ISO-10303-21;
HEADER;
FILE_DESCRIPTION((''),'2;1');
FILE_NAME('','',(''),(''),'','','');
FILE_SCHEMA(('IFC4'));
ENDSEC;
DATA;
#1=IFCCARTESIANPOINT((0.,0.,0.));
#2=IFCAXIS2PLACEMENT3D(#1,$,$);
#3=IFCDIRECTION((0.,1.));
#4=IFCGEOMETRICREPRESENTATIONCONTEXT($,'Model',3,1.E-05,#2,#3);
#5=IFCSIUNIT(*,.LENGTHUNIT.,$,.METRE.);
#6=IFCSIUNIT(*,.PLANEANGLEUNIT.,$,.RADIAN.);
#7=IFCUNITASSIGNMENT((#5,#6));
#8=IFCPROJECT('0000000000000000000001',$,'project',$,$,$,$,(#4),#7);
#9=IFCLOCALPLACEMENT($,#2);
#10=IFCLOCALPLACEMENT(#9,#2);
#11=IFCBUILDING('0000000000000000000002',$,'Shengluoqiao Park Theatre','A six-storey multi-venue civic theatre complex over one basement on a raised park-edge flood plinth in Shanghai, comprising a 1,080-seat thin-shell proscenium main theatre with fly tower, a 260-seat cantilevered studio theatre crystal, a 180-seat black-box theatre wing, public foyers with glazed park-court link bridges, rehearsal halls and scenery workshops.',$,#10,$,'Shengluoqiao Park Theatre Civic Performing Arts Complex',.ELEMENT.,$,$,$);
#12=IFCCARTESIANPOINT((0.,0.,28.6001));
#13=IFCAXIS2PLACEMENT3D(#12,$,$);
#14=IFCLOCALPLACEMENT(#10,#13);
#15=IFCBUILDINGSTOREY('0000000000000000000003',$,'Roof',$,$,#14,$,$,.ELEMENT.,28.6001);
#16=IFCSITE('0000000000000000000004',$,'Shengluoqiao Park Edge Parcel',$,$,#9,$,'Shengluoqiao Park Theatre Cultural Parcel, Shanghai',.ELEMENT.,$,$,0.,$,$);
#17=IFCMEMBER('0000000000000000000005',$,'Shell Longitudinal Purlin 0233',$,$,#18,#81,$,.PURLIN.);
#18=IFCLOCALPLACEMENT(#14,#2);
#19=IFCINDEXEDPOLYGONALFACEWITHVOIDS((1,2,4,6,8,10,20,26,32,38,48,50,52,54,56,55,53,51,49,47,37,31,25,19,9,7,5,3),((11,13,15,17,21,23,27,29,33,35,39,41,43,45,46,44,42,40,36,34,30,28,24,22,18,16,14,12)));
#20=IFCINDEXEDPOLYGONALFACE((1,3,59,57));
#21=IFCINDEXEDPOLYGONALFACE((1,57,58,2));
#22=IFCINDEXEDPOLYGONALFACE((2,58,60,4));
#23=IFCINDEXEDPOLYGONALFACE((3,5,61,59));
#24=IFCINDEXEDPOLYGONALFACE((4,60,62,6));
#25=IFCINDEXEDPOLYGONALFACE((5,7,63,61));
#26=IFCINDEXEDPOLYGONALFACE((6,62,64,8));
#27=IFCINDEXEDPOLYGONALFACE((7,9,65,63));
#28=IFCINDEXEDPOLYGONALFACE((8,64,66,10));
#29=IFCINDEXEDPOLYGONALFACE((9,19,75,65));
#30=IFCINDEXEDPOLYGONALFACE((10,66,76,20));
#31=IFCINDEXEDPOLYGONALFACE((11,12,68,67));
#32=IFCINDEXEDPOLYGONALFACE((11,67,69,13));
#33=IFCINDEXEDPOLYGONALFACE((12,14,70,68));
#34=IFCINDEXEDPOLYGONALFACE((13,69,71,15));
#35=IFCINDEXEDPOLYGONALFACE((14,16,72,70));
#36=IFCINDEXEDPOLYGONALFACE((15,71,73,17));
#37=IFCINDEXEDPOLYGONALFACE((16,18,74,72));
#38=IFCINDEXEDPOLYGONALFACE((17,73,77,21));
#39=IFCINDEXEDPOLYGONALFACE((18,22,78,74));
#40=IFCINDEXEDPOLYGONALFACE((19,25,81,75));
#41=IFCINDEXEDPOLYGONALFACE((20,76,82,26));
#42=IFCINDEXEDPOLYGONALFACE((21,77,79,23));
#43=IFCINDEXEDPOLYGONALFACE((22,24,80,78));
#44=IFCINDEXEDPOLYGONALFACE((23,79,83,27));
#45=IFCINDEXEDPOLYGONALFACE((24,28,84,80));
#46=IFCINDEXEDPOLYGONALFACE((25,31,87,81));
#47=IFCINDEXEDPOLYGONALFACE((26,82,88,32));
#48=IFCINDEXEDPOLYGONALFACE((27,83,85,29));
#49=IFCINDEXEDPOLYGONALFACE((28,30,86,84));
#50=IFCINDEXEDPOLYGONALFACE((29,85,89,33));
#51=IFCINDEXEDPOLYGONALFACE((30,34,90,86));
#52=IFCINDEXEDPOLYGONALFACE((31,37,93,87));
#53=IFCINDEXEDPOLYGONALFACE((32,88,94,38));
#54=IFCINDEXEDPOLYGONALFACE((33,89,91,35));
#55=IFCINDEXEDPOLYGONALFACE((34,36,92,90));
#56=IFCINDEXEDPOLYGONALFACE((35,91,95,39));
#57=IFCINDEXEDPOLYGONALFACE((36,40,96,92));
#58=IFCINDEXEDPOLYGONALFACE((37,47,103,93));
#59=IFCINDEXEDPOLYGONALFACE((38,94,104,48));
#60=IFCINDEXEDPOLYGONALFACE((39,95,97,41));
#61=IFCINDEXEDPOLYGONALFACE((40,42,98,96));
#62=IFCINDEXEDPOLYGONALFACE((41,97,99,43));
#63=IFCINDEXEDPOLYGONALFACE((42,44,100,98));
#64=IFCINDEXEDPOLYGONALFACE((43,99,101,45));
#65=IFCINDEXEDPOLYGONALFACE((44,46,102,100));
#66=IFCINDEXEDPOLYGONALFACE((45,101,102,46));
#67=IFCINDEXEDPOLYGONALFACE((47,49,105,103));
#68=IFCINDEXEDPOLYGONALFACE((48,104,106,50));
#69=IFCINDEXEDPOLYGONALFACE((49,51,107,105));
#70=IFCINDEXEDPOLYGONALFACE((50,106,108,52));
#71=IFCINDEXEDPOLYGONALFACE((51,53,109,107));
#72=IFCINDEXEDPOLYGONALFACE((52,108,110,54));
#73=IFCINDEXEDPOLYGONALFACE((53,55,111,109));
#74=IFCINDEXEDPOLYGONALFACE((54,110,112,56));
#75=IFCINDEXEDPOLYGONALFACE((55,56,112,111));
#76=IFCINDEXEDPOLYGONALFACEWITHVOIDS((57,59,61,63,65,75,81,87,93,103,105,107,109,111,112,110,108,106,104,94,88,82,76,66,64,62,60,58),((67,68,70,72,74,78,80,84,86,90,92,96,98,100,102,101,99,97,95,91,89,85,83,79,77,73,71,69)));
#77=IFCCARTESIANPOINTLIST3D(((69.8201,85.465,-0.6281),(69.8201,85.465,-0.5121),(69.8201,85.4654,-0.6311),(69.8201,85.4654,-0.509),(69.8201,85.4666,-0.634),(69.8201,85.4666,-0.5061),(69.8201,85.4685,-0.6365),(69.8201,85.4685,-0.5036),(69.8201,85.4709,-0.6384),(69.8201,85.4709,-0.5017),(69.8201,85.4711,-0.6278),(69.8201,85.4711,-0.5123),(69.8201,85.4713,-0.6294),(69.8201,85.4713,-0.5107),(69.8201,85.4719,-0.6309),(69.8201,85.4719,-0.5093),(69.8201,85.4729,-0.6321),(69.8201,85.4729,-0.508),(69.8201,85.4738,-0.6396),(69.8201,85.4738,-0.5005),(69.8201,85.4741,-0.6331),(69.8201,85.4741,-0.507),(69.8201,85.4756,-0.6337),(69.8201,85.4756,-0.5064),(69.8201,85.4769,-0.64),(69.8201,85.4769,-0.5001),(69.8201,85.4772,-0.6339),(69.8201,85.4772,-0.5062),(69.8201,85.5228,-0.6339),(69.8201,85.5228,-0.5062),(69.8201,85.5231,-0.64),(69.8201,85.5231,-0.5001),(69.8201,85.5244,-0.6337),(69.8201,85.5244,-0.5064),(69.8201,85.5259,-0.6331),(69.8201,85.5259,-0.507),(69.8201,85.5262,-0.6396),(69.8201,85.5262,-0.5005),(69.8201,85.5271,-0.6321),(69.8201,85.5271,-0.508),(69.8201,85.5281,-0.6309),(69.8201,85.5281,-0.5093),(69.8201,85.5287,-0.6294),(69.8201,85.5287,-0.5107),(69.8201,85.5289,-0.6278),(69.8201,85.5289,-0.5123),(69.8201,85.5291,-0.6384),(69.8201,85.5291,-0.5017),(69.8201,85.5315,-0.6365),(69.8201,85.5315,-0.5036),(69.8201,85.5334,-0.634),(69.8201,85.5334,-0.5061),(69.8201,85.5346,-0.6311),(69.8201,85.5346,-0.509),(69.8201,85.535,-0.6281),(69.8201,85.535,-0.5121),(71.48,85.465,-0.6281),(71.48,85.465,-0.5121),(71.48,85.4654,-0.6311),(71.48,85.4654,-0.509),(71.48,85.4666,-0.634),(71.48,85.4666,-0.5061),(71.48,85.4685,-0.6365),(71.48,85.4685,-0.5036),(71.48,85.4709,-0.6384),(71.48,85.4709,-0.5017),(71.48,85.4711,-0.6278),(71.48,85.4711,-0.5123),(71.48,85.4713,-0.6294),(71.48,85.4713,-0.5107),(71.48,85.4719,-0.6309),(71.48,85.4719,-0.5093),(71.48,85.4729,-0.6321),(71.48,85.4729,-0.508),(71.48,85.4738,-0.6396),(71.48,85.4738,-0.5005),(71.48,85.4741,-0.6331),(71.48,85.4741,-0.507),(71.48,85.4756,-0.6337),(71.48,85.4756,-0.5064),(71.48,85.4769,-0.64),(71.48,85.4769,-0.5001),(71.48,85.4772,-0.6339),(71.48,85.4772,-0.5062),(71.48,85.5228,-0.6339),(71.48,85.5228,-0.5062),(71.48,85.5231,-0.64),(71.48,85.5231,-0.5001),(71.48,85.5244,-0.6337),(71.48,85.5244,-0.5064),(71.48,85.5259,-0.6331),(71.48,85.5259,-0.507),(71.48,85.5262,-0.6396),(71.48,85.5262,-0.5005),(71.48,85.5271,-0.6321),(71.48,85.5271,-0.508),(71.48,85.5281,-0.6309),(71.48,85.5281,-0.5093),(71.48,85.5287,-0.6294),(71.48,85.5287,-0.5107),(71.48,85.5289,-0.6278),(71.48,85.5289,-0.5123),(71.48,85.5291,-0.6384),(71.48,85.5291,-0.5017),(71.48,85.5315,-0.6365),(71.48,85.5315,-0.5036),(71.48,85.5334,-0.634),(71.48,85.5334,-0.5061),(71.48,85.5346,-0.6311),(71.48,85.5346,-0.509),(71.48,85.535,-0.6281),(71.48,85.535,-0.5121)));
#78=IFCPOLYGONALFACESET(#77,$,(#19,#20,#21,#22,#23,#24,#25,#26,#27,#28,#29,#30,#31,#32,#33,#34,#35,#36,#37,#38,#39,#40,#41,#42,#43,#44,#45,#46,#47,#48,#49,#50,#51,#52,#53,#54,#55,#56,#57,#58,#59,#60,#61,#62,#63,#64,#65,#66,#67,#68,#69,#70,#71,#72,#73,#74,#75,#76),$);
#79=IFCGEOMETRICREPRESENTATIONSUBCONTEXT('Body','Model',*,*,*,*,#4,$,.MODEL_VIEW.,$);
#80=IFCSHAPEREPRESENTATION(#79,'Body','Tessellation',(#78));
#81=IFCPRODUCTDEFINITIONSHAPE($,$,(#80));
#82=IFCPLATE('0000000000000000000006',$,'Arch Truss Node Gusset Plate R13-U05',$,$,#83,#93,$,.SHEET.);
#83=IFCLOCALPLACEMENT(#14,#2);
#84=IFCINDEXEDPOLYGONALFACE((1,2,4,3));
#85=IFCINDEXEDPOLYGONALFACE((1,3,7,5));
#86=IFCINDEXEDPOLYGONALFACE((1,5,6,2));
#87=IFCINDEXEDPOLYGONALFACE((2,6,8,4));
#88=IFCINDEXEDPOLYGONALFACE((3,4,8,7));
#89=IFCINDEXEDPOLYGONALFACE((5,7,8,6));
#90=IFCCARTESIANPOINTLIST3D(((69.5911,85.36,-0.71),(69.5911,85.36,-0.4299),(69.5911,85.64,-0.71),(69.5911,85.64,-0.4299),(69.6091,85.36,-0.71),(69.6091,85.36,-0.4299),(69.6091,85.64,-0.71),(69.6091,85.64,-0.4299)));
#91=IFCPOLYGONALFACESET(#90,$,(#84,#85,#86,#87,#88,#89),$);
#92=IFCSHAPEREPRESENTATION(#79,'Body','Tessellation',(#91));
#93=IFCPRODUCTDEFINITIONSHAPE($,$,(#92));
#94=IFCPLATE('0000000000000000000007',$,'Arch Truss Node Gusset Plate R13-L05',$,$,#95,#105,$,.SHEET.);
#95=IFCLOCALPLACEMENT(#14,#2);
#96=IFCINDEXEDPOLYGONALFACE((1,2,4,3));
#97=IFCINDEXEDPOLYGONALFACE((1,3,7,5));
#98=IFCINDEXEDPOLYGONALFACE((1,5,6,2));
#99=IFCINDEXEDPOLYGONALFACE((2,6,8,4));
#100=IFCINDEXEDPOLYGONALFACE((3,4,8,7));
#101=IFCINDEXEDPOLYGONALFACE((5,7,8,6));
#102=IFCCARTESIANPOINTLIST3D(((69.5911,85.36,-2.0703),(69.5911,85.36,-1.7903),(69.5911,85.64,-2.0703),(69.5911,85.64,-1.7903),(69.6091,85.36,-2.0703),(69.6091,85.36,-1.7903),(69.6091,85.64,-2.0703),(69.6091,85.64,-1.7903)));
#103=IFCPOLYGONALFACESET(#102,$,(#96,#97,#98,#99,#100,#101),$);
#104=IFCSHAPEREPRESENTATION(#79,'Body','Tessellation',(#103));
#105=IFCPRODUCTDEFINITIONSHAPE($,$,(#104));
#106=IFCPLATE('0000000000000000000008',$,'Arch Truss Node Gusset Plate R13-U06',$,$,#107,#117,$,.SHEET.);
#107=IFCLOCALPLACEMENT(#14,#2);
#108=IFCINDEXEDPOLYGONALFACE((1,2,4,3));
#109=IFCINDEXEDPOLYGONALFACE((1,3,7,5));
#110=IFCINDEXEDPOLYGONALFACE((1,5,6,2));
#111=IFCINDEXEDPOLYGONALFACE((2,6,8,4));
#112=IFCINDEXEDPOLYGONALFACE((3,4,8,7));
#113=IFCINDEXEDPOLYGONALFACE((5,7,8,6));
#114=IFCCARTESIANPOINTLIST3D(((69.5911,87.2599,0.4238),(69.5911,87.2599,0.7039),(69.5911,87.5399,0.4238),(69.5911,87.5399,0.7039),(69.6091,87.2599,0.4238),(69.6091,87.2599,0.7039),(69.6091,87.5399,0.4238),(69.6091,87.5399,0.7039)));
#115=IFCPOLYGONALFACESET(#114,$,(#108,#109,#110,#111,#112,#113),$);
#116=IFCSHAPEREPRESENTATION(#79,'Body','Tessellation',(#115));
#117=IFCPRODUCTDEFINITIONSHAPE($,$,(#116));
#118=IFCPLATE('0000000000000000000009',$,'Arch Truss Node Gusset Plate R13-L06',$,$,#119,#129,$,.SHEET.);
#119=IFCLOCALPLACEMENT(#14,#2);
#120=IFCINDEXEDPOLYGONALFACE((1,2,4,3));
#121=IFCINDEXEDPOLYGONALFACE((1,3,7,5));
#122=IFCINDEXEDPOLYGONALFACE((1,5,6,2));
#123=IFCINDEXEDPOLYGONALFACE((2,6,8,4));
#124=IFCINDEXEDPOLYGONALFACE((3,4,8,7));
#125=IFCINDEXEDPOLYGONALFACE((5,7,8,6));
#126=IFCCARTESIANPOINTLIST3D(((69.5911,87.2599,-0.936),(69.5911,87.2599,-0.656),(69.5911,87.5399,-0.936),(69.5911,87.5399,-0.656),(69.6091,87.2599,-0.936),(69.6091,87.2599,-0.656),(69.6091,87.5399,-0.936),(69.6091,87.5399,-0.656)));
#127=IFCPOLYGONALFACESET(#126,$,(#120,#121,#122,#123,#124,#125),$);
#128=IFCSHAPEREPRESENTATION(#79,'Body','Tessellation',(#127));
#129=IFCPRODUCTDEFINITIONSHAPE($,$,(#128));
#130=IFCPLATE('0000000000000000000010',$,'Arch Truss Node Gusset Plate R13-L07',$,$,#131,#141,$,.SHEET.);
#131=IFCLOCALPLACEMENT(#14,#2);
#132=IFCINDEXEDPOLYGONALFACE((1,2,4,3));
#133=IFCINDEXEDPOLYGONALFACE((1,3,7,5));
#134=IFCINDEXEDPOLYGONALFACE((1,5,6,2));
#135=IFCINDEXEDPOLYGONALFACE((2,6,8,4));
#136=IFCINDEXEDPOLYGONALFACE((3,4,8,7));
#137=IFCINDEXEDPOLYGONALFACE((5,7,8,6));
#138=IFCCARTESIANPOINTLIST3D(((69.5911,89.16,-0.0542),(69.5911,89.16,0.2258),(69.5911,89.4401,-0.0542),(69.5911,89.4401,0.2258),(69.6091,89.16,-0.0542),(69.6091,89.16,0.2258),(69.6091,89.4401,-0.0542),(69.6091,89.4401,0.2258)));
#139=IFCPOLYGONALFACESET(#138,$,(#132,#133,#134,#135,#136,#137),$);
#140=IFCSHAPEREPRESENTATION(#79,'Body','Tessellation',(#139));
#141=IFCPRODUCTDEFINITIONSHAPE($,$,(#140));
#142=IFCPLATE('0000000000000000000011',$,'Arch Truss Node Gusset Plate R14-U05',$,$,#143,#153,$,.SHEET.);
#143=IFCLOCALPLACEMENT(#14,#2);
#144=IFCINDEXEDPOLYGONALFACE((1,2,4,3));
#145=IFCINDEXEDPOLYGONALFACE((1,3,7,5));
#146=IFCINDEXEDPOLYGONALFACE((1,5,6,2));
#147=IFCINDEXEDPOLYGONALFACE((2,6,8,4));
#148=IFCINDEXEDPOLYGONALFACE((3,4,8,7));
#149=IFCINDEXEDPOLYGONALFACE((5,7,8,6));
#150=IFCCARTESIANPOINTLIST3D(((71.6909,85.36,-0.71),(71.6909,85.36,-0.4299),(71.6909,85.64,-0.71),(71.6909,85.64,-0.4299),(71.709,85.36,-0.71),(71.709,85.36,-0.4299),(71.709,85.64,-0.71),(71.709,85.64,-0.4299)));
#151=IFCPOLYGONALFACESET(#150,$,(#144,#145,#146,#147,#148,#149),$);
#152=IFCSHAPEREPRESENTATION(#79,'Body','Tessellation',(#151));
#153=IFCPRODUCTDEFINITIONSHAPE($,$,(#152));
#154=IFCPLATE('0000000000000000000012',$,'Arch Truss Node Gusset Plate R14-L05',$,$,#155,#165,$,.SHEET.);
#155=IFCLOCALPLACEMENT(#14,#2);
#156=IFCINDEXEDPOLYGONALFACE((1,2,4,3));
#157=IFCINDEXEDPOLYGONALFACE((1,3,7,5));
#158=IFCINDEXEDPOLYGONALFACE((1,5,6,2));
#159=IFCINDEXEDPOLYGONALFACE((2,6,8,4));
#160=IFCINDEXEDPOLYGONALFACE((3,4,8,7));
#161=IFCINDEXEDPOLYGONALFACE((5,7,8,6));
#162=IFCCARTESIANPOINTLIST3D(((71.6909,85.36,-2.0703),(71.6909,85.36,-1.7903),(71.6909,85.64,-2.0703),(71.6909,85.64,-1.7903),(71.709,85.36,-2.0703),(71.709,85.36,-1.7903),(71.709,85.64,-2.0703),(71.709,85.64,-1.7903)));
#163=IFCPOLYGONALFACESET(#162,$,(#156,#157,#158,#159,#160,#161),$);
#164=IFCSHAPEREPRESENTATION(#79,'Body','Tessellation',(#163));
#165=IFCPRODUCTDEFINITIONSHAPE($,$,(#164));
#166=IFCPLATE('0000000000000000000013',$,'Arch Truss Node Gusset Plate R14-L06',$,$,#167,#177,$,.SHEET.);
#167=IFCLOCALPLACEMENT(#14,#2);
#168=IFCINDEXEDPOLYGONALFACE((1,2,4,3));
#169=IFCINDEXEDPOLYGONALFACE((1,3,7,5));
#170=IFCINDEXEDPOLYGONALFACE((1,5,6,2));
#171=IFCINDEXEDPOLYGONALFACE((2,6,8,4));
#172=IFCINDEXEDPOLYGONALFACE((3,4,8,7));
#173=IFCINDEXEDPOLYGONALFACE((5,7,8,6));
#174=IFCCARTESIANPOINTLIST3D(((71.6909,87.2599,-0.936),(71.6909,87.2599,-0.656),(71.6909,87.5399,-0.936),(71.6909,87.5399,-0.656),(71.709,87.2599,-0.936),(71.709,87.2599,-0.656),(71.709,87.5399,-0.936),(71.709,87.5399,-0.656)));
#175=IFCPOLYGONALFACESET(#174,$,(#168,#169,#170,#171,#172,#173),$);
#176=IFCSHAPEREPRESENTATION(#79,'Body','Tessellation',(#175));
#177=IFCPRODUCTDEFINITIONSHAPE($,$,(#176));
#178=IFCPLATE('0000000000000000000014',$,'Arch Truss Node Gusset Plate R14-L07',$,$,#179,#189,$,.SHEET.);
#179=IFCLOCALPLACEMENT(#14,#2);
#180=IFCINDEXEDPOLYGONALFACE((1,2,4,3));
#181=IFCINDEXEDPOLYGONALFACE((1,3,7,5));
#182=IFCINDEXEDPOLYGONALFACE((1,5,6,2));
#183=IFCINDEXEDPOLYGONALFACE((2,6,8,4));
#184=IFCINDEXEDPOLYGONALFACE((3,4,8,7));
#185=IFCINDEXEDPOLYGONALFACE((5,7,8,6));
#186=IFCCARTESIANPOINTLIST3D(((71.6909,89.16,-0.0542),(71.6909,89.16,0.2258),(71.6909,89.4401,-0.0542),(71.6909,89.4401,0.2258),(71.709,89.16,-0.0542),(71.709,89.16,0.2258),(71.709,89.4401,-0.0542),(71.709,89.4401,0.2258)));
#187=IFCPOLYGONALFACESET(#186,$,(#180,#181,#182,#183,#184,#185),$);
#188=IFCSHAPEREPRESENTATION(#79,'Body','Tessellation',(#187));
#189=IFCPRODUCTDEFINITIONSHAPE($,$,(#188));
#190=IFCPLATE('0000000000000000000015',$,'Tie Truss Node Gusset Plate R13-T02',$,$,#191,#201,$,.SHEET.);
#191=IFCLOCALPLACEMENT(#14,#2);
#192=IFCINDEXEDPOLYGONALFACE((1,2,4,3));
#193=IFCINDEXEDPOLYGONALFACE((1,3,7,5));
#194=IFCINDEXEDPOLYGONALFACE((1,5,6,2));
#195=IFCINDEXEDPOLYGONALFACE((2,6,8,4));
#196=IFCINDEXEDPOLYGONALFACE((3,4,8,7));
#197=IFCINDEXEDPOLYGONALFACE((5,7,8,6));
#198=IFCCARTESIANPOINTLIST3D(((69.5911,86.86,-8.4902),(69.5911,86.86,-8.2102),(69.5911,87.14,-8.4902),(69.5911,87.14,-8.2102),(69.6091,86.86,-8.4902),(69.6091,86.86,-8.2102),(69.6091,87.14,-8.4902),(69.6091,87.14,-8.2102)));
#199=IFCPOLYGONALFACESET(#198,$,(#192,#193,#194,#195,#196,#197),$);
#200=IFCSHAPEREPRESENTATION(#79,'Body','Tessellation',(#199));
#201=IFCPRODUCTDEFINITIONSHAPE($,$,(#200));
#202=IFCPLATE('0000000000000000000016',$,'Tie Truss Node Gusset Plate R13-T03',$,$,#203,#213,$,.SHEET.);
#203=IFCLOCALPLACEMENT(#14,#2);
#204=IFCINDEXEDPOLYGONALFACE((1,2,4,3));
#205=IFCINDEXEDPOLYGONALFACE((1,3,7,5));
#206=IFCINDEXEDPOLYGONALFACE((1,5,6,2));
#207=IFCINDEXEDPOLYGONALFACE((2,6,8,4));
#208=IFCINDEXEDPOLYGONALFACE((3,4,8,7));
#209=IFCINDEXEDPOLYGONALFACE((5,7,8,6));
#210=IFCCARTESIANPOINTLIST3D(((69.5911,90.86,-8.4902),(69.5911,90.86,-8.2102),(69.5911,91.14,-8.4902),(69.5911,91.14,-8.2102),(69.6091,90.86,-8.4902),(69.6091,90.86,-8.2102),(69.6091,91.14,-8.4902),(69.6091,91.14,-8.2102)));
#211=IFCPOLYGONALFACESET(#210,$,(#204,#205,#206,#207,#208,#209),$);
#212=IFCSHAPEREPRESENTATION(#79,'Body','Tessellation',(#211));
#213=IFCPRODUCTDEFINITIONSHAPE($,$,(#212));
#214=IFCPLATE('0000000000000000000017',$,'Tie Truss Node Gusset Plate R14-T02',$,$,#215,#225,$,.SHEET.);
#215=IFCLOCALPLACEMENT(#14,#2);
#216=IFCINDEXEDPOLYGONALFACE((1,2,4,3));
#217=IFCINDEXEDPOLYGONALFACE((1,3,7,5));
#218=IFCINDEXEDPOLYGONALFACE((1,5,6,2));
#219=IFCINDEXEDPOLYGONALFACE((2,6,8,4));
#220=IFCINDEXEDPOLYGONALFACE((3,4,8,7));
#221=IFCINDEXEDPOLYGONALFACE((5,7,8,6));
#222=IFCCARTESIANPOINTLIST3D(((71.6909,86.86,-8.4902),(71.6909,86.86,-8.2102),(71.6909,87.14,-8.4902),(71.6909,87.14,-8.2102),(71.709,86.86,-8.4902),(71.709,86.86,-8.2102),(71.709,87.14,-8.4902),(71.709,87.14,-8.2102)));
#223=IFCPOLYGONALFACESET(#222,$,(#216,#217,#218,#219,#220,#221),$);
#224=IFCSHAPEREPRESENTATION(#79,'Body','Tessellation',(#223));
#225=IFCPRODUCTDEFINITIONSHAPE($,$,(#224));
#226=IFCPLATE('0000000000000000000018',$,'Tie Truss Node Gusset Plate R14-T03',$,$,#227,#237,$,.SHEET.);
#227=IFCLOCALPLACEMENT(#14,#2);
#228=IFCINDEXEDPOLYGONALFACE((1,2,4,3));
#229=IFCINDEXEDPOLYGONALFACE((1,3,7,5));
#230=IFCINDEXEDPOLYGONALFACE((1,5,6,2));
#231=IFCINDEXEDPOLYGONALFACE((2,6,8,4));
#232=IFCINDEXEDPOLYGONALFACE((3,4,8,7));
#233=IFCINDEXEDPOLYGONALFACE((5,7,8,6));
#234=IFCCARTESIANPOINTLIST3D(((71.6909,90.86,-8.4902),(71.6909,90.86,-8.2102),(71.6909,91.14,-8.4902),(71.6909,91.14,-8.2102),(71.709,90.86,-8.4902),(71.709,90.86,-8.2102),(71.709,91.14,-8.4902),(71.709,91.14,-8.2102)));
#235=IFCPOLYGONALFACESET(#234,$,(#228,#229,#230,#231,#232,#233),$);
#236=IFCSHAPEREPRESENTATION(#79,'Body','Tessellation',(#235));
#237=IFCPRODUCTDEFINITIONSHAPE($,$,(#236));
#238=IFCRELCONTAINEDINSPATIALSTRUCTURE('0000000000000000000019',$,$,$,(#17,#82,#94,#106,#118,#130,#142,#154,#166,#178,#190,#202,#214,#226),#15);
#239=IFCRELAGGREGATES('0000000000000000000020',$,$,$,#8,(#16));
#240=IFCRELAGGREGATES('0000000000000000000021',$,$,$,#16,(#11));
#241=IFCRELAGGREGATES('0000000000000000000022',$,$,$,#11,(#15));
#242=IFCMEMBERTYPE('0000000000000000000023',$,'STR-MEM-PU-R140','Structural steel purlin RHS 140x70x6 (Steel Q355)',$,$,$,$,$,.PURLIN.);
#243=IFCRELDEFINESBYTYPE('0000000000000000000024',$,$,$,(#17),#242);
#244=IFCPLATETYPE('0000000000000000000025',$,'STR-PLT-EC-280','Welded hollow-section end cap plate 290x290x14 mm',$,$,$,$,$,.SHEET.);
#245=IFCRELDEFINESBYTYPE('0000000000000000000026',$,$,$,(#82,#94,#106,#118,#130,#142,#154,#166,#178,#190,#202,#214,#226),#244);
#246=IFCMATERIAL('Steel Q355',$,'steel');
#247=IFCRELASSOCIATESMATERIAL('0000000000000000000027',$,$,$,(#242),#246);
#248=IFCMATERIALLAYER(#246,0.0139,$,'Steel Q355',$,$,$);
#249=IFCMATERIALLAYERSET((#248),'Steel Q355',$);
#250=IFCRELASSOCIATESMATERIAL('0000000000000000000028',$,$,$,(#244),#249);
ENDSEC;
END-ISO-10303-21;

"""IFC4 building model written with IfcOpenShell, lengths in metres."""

from ifc_helpers import new_model, si_unit, direction, frame, origin, origin_2d, place, context, subcontext, project, spatial, rectangle, hollow_rectangle, extrude, material, layer, layer_set, material_profile, profile_set, type_object, element, save


model = new_model("IFC4")

# Units and contexts
model_context = context("Model", 3, precision=1e-05, world=origin(), true_north=direction((0.0, 1.0)))
body_context = subcontext(model_context, "Body", "Model", "MODEL_VIEW")
ifc_project = project(units=[si_unit("LENGTHUNIT", "METRE"), si_unit("PLANEANGLEUNIT", "RADIAN")], contexts=[model_context])

# Site, building, storey
site_placement = place(None, origin())
site = spatial("IfcSite", under=ifc_project, at=site_placement, Name="Shengluoqiao Park Edge Parcel", LongName="Shengluoqiao Park Theatre Cultural Parcel, Shanghai", CompositionType="ELEMENT", RefElevation=0.0)
building_placement = place(site_placement, origin())
building = spatial("IfcBuilding", under=site, at=building_placement, Name="Shengluoqiao Park Theatre", Description="A six-storey multi-venue civic theatre complex over one basement on a raised park-edge flood plinth in Shanghai, comprising a 1,080-seat thin-shell proscenium main theatre with fly tower, a 260-seat cantilevered studio theatre crystal, a 180-seat black-box theatre wing, public foyers with glazed park-court link bridges, rehearsal halls and scenery workshops.", LongName="Shengluoqiao Park Theatre Civic Performing Arts Complex", CompositionType="ELEMENT")
storey_placement = place(building_placement, frame((0.0, 0.0, 28.6001)))
storey = spatial("IfcBuildingStorey", under=building, at=storey_placement, Name="Roof", CompositionType="ELEMENT", Elevation=28.6001)

# Shared definitions
ifc_material_1 = material(Name="Steel Q355", Category="steel")

# Member
ifc_material_profile_1 = material_profile(ifc_material_1, hollow_rectangle(XDim=0.0701, YDim=0.1399, WallThickness=0.0061, InnerFilletRadius=0.0061, OuterFilletRadius=0.012, at=origin_2d()), Name="RHS 140x70x6")
ifc_profile_set_1 = profile_set([ifc_material_profile_1], Name="Steel Q355")
member_type_1 = type_object("IfcMemberType", Name="STR-MEM-PU-R140", Description="Structural steel purlin RHS 140x70x6 (Steel Q355)", PredefinedType="PURLIN", material=ifc_profile_set_1)
member_1_placement = place(storey_placement, frame((69.8201, 85.5, -0.5701), z_axis=(1.0, 0.0, 0.0), x_axis=(0.0, 1.0, 0.0)))
element("IfcMember", 1, at=member_1_placement, inside=storey, type_object=member_type_1, Name="Shell Longitudinal Purlin 0233", PredefinedType="PURLIN", context=body_context, shape_type="SweptSolid", body=[
    extrude(hollow_rectangle(XDim=0.0701, YDim=0.1399, WallThickness=0.0061, InnerFilletRadius=0.0061, OuterFilletRadius=0.012, at=origin_2d()), origin(), (0.0, 0.0, 1.0), 1.6599),
])

# Plates
ifc_layer_1 = layer(ifc_material_1, 0.0139, Name="Steel Q355")
ifc_layer_set_1 = layer_set([ifc_layer_1], Name="Steel Q355")
plate_type_1 = type_object("IfcPlateType", Name="STR-PLT-EC-280", Description="Welded hollow-section end cap plate 290x290x14 mm", PredefinedType="SHEET", material=ifc_layer_set_1)
for number, where, z_axis, x_axis, name in (
    (2, (69.6001, 85.5, -0.71), (0.0, 0.0, 1.0), (1.0, 0.0, 0.0), "Arch Truss Node Gusset Plate R13-U05"),
    (3, (69.6001, 85.5, -2.0703), (0.0, 0.0, 1.0), (1.0, 0.0, 0.0), "Arch Truss Node Gusset Plate R13-L05"),
    (4, (69.6001, 87.3999, 0.4238), (0.0, 0.0, 1.0), (1.0, 0.0, 0.0), "Arch Truss Node Gusset Plate R13-U06"),
    (5, (69.6001, 87.3999, -0.936), (0.0, 0.0, 1.0), (1.0, 0.0, 0.0), "Arch Truss Node Gusset Plate R13-L06"),
    (6, (69.6001, 89.3, -0.0542), (0.0, 0.0, 1.0), (1.0, 0.0, 0.0), "Arch Truss Node Gusset Plate R13-L07"),
    (7, (71.7, 85.5, -0.71), (0.0, 0.0, 1.0), (1.0, 0.0, 0.0), "Arch Truss Node Gusset Plate R14-U05"),
    (8, (71.7, 85.5, -2.0703), (0.0, 0.0, 1.0), (1.0, 0.0, 0.0), "Arch Truss Node Gusset Plate R14-L05"),
    (9, (71.7, 87.3999, -0.936), (0.0, 0.0, 1.0), (1.0, 0.0, 0.0), "Arch Truss Node Gusset Plate R14-L06"),
    (10, (71.7, 89.3, -0.0542), (0.0, 0.0, 1.0), (1.0, 0.0, 0.0), "Arch Truss Node Gusset Plate R14-L07"),
    (11, (69.6001, 87.0, -8.4902), (0.0, 0.0, 1.0), (1.0, 0.0, 0.0), "Tie Truss Node Gusset Plate R13-T02"),
    (12, (69.6001, 91.0, -8.4902), (0.0, 0.0, 1.0), (1.0, 0.0, 0.0), "Tie Truss Node Gusset Plate R13-T03"),
    (13, (71.7, 87.0, -8.4902), (0.0, 0.0, 1.0), (1.0, 0.0, 0.0), "Tie Truss Node Gusset Plate R14-T02"),
    (14, (71.7, 91.0, -8.4902), (0.0, 0.0, 1.0), (1.0, 0.0, 0.0), "Tie Truss Node Gusset Plate R14-T03"),
):
    element("IfcPlate", number, at=place(storey_placement, frame(where, z_axis=z_axis, x_axis=x_axis)), inside=storey, type_object=plate_type_1, Name=name, PredefinedType="SHEET", context=body_context, shape_type="SweptSolid", body=[
        extrude(rectangle(XDim=0.0181, YDim=0.28, at=origin_2d()), origin(), (0.0, 0.0, 1.0), 0.28),
    ])

save(model, "model.ifc")
